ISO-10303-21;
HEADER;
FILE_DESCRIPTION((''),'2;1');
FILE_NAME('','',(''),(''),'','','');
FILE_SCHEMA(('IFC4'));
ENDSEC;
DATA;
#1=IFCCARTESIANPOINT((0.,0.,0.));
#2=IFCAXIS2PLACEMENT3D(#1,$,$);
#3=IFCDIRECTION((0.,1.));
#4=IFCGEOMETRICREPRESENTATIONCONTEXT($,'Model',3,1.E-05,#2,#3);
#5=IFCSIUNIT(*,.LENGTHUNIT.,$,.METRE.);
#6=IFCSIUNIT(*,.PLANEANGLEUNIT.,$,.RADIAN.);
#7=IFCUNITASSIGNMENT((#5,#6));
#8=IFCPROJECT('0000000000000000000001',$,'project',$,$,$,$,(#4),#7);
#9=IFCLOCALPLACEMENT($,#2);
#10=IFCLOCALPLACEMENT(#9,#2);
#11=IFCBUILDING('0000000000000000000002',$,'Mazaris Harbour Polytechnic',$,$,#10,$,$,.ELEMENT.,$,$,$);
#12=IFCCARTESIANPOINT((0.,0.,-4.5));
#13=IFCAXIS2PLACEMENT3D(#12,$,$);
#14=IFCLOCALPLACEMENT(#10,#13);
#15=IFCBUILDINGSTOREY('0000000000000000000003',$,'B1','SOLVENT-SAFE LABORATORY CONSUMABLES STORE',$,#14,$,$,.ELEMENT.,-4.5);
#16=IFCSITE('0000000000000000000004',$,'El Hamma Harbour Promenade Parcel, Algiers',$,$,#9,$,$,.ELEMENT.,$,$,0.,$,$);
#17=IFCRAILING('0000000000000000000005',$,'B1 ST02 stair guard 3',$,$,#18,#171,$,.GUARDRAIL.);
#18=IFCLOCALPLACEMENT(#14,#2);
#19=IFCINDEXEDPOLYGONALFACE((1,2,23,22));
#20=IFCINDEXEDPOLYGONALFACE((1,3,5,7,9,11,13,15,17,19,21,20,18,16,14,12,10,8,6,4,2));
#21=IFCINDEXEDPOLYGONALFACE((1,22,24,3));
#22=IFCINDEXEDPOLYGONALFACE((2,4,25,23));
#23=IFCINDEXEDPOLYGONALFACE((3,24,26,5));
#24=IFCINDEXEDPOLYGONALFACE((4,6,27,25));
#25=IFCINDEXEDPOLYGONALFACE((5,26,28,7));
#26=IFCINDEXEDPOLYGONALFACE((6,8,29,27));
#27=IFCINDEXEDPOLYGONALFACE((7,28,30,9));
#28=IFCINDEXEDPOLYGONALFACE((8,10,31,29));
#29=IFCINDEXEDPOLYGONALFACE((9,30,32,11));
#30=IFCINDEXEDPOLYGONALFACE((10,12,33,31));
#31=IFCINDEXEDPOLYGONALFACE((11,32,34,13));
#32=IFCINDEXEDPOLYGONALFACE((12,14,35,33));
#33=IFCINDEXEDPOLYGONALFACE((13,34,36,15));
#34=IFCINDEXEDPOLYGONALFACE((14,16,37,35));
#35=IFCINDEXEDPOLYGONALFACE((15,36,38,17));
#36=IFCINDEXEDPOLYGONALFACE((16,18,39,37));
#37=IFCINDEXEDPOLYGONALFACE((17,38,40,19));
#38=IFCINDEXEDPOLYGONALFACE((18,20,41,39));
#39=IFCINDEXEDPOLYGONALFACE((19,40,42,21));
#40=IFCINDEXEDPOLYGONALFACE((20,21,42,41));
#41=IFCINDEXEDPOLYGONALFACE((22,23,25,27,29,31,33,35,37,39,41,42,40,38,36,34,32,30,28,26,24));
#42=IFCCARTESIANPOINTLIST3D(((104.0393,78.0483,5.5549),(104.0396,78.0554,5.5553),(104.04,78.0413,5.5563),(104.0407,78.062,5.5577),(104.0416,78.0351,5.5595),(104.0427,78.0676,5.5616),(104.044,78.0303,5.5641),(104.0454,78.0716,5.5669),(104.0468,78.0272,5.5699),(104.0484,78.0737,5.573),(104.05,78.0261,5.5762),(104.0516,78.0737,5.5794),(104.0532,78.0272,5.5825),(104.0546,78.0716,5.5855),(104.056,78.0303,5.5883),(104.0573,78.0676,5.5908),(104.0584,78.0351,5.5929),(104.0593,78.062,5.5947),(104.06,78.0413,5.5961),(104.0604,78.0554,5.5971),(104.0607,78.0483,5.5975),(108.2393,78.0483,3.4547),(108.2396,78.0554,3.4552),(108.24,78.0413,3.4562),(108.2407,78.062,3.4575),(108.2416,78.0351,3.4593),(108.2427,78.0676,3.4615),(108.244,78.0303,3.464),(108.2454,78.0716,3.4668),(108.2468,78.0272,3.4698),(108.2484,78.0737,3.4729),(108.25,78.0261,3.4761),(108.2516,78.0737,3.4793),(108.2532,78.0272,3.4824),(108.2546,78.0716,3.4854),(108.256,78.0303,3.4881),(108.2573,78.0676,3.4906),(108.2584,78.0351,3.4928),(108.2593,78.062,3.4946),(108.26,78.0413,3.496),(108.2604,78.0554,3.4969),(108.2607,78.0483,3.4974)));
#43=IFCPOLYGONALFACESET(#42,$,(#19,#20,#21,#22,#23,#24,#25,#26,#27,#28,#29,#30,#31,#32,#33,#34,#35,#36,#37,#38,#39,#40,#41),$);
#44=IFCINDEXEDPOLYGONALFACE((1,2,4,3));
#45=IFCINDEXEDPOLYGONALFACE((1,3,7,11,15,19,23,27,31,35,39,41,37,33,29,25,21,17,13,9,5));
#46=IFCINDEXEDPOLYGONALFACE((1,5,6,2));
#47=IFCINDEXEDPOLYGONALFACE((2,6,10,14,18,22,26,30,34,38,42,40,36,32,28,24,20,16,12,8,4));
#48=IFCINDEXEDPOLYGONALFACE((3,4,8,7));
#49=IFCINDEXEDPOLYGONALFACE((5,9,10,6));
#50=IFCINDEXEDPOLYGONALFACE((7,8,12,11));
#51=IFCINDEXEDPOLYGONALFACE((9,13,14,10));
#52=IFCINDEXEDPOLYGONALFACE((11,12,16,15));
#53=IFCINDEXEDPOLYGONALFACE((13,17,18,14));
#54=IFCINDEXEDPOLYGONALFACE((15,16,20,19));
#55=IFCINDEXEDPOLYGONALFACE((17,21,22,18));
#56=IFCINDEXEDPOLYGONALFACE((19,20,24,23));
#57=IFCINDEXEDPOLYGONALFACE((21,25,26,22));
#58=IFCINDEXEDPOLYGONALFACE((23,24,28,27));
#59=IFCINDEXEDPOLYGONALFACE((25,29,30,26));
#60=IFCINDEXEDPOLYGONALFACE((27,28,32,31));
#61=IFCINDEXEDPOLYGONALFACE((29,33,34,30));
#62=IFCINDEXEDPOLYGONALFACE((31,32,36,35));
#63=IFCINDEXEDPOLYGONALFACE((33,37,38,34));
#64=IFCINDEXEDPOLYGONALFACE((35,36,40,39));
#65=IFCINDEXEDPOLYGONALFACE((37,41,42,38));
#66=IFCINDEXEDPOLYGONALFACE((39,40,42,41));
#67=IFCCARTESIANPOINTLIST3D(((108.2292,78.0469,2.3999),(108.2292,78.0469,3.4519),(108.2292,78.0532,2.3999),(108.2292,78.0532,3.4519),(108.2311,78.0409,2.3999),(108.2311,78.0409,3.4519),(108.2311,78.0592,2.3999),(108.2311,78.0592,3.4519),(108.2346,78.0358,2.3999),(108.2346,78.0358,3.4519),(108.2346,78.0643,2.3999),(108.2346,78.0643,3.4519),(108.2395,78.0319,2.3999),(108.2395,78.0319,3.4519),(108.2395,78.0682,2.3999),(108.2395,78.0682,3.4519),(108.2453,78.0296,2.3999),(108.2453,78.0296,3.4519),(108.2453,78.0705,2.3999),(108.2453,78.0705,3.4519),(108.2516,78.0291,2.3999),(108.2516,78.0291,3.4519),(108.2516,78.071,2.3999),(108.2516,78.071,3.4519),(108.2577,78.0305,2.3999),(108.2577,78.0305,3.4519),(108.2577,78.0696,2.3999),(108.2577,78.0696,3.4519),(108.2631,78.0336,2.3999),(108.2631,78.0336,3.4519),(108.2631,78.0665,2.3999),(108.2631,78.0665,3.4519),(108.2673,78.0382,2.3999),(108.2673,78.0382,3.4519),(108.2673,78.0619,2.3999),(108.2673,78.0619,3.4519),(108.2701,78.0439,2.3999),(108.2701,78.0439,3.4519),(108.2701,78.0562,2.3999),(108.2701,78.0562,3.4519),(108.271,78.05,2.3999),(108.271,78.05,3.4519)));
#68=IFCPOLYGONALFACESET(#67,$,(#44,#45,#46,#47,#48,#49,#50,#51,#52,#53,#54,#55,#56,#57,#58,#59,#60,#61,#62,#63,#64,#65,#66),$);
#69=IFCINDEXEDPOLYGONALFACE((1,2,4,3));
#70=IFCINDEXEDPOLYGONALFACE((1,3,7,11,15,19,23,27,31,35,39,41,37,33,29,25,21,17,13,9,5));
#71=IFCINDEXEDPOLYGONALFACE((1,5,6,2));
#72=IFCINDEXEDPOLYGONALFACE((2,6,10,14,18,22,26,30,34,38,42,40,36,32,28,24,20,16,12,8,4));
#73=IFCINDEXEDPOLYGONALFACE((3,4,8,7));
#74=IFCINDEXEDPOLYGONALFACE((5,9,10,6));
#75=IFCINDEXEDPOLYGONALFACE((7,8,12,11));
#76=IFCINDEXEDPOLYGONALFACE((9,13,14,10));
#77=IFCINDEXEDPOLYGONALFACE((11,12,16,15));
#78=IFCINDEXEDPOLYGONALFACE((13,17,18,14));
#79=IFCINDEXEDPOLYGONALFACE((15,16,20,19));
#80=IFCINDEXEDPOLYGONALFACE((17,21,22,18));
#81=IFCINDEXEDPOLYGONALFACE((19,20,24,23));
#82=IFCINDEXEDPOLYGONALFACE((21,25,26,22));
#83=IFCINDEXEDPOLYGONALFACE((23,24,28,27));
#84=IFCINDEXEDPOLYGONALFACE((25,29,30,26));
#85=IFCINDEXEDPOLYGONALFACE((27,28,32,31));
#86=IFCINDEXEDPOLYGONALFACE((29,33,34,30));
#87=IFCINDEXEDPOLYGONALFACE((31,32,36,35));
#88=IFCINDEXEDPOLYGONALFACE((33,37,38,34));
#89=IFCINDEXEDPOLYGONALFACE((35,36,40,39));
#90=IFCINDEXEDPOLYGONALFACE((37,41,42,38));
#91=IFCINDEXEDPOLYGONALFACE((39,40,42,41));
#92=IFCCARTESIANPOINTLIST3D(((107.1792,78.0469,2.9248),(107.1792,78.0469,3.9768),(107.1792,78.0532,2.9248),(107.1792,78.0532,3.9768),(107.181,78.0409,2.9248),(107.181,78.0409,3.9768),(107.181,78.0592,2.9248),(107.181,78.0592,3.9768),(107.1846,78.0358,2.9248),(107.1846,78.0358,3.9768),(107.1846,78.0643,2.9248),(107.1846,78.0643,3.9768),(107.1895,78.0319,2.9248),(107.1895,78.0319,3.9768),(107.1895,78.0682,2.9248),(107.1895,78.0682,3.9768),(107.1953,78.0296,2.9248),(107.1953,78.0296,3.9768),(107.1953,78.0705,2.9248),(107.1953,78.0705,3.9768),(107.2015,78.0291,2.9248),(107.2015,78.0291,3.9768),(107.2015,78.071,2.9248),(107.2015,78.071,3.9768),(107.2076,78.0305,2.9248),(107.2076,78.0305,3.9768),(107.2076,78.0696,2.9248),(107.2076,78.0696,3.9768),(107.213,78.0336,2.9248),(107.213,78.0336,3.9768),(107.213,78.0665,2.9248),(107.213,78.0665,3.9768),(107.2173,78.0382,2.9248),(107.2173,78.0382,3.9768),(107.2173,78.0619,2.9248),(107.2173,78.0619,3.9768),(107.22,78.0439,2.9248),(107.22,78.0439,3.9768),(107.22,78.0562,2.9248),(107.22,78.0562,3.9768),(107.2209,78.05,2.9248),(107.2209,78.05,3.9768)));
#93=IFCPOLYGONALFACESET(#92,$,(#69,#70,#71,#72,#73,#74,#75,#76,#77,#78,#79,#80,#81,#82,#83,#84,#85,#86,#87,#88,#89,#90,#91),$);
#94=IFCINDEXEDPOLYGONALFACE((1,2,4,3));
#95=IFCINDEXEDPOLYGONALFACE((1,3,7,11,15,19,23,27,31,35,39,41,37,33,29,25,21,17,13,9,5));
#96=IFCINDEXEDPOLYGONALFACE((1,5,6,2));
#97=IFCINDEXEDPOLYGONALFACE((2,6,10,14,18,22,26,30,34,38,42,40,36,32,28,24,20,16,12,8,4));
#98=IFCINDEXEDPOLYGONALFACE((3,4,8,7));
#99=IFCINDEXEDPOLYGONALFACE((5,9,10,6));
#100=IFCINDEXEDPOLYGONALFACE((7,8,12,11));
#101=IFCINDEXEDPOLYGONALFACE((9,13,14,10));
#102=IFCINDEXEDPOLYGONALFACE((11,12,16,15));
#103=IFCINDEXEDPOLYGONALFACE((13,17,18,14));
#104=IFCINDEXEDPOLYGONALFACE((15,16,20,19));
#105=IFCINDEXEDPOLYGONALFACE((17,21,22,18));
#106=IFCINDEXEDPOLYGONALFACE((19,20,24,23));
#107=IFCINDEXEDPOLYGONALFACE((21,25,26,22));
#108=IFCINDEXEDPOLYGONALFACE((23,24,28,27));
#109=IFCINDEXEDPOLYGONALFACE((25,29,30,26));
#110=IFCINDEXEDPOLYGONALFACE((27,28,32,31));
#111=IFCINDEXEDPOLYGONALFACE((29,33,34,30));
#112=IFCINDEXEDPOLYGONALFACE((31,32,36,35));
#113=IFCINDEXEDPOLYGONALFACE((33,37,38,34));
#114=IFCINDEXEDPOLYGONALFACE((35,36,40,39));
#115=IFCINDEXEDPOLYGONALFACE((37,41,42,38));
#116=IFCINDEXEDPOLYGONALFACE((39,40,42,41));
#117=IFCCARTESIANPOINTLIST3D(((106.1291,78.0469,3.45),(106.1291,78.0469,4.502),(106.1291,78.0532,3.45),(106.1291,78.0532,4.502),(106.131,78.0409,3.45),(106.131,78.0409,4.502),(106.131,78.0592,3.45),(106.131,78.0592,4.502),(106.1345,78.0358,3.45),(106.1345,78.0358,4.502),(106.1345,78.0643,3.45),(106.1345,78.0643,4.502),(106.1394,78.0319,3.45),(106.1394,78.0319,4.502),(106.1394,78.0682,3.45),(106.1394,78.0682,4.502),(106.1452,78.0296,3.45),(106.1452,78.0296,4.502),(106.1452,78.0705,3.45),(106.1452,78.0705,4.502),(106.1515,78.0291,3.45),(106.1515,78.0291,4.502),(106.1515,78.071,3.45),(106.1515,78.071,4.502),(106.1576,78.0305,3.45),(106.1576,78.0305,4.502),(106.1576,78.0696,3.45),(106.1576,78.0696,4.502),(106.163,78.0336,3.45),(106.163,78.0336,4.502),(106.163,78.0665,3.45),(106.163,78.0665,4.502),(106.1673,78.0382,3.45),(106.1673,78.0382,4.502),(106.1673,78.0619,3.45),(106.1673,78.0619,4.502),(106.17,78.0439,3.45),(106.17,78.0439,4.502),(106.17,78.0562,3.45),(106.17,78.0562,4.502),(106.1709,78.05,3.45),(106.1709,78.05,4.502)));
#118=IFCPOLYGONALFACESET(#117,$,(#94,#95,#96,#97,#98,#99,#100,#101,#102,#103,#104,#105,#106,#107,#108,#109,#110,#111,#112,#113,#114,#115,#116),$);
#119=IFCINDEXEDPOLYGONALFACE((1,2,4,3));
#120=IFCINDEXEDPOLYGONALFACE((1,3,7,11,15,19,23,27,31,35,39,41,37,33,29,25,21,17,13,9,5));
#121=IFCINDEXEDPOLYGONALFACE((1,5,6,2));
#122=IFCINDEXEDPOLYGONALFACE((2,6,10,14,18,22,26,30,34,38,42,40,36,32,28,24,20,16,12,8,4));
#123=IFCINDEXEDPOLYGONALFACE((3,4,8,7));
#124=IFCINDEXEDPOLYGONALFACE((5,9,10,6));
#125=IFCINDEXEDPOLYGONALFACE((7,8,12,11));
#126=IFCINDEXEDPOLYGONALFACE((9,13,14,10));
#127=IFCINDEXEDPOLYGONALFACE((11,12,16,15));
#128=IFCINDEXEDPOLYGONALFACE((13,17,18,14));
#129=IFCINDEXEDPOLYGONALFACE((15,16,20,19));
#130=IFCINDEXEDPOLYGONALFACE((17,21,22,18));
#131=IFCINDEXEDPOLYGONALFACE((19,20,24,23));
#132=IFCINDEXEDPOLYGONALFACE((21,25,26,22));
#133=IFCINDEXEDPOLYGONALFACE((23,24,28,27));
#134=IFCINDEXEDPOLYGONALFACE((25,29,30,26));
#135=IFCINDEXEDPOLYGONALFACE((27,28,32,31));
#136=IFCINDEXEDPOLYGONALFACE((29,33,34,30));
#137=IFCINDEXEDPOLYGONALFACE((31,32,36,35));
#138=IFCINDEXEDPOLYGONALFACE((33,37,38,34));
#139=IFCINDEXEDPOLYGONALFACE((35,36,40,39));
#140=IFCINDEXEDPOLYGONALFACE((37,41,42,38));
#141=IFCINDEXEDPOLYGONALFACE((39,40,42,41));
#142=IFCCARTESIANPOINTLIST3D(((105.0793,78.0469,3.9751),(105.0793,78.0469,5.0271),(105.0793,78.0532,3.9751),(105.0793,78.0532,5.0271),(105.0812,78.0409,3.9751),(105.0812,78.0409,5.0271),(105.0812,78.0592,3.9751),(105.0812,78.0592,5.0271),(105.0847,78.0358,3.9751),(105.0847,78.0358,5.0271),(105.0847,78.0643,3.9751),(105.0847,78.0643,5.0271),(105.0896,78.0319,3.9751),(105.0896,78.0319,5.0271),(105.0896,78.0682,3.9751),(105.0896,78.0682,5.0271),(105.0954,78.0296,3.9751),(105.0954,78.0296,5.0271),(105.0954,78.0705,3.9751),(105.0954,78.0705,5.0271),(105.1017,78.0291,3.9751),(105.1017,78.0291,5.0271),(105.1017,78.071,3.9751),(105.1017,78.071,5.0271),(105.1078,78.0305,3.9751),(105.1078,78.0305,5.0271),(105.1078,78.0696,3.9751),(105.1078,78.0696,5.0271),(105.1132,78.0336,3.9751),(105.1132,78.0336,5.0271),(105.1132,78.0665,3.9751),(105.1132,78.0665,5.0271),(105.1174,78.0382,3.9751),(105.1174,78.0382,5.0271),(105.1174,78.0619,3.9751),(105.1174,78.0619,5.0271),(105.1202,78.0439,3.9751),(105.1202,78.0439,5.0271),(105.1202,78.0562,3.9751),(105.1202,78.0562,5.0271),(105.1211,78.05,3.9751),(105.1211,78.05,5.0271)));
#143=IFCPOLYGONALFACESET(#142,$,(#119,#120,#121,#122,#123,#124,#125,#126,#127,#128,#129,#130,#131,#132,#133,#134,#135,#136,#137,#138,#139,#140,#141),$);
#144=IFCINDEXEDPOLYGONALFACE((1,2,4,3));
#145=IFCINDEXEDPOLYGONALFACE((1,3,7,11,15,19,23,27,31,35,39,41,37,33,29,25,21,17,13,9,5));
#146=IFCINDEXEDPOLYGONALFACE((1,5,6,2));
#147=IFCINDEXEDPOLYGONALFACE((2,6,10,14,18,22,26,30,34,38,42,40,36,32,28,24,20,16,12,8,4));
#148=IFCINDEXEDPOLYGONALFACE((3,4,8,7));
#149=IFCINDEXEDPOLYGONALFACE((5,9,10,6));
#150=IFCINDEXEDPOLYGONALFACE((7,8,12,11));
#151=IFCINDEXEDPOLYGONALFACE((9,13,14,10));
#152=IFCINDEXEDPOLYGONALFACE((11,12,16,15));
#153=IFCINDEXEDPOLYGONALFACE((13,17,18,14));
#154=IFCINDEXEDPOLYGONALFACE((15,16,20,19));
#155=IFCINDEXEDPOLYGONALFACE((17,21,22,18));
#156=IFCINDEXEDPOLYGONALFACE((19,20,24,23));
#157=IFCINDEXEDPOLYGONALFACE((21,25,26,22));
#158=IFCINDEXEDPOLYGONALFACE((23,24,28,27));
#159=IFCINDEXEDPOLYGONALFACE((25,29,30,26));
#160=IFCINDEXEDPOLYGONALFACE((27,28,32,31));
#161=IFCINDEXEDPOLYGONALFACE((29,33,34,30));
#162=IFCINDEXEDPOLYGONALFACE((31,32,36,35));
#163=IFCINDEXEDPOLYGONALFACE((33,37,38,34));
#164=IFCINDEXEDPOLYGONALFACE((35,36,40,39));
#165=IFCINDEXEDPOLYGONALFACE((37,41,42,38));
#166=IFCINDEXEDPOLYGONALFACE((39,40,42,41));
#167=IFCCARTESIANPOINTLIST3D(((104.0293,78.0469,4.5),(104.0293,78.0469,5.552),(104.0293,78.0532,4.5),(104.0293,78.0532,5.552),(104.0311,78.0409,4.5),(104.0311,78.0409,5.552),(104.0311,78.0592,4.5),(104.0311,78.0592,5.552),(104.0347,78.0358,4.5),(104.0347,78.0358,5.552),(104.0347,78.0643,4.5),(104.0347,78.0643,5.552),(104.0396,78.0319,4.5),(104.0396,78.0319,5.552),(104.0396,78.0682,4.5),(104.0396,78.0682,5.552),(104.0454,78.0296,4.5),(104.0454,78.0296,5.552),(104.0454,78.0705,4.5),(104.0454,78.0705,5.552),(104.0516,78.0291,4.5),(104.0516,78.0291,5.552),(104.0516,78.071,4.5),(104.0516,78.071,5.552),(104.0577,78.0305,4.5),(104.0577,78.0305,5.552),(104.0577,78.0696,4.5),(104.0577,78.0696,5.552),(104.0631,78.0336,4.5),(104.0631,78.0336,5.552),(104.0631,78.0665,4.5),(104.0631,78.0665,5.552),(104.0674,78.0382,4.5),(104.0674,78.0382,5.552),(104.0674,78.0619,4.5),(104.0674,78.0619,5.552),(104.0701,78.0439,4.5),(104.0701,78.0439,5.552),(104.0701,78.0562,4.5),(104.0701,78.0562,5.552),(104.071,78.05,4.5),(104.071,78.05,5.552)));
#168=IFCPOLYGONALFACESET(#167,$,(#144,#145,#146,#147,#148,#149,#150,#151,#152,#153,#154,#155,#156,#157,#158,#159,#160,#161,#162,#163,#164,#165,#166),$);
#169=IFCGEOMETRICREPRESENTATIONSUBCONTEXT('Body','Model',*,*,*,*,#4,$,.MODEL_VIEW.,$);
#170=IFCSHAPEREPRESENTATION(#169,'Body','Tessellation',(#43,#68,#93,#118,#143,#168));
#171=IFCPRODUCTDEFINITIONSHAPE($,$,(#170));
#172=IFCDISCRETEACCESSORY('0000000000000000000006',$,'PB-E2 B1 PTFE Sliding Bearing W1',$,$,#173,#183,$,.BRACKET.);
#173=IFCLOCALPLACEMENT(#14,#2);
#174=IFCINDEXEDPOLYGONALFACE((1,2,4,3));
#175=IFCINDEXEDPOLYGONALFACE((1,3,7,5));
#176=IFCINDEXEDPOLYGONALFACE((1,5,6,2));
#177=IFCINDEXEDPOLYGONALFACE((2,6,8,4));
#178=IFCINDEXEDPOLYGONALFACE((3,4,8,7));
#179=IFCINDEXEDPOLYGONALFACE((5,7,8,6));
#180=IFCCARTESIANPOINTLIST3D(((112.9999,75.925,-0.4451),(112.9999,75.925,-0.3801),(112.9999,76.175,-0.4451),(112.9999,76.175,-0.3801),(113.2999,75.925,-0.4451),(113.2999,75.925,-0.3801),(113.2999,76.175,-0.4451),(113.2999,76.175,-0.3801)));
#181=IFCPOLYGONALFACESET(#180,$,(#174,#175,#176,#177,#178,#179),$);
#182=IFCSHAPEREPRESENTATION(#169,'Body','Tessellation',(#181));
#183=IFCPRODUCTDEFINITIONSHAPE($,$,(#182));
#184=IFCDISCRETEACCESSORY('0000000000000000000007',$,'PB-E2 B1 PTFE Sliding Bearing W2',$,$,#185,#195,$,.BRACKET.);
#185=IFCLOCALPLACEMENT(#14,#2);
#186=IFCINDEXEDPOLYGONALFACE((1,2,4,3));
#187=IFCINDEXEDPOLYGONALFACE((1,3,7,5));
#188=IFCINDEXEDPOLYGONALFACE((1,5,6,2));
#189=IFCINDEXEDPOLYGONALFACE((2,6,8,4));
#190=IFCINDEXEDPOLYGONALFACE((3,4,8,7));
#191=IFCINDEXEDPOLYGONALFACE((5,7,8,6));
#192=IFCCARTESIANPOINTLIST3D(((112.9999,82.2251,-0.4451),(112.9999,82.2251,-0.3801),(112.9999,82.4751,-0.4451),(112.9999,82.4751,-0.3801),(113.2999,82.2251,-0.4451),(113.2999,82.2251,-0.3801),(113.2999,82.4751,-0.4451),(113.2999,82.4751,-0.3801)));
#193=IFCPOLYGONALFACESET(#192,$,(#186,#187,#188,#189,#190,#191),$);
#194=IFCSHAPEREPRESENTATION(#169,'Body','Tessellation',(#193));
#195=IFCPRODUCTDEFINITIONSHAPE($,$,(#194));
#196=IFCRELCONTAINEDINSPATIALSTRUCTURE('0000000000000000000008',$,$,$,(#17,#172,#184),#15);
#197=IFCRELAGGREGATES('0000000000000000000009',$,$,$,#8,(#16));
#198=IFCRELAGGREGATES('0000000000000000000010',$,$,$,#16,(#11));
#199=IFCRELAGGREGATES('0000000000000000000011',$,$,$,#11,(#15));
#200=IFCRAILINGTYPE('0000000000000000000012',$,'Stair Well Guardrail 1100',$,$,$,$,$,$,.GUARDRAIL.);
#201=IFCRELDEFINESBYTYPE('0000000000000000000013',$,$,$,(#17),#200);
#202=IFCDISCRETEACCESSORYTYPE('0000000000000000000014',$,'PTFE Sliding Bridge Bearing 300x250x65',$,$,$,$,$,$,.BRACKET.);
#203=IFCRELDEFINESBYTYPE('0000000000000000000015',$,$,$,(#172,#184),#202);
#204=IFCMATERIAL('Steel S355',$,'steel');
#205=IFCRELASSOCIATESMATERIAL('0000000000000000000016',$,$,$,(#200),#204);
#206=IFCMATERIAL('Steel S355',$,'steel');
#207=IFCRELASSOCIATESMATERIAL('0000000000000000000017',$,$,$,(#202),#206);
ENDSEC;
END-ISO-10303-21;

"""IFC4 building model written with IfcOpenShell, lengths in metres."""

from ifc_helpers import new_model, si_unit, direction, frame, origin, origin_2d, place, context, subcontext, project, spatial, rectangle, circle, extrude, material, type_object, element, save


model = new_model("IFC4")

# Units and contexts
model_context = context("Model", 3, precision=1e-05, world=origin(), true_north=direction((0.0, 1.0)))
body_context = subcontext(model_context, "Body", "Model", "MODEL_VIEW")
ifc_project = project(units=[si_unit("LENGTHUNIT", "METRE"), si_unit("PLANEANGLEUNIT", "RADIAN")], contexts=[model_context])

# Site, building, storey
site_placement = place(None, origin())
site = spatial("IfcSite", under=ifc_project, at=site_placement, Name="El Hamma Harbour Promenade Parcel, Algiers", CompositionType="ELEMENT", RefElevation=0.0)
building_placement = place(site_placement, origin())
building = spatial("IfcBuilding", under=site, at=building_placement, Name="Mazaris Harbour Polytechnic", CompositionType="ELEMENT")
storey_placement = place(building_placement, frame((0.0, 0.0, -4.5)))
storey = spatial("IfcBuildingStorey", under=building, at=storey_placement, Name="B1", Description="SOLVENT-SAFE LABORATORY CONSUMABLES STORE", CompositionType="ELEMENT", Elevation=-4.5)

# Railing
ifc_material_1 = material(Name="Steel S355", Category="steel")
railing_type_1 = type_object("IfcRailingType", Name="Stair Well Guardrail 1100", PredefinedType="GUARDRAIL", material=ifc_material_1)
railing_1_placement = place(storey_placement, frame((108.25, 78.05, 2.3999)))
element("IfcRailing", 1, at=railing_1_placement, inside=storey, type_object=railing_type_1, Name="B1 ST02 stair guard 3", PredefinedType="GUARDRAIL", context=body_context, shape_type="SweptSolid", body=[
    extrude(circle(Radius=0.0239, at=origin_2d()), frame((0.0, 0.0, 1.0762), z_axis=(-0.894417, 0.0, 0.447234), x_axis=(0.0, -1.0, 0.0)), (0.0, 0.0, 1.0), 4.6958),
    extrude(circle(Radius=0.021, at=origin_2d()), origin(), (0.0, 0.0, 1.0), 1.052),
    extrude(circle(Radius=0.021, at=origin_2d()), frame((-1.05, 0.0, 0.5249)), (0.0, 0.0, 1.0), 1.052),
    extrude(circle(Radius=0.021, at=origin_2d()), frame((-2.1001, 0.0, 1.05)), (0.0, 0.0, 1.0), 1.052),
    extrude(circle(Radius=0.021, at=origin_2d()), frame((-3.1499, 0.0, 1.5752)), (0.0, 0.0, 1.0), 1.052),
    extrude(circle(Radius=0.021, at=origin_2d()), frame((-4.2, 0.0, 2.1001)), (0.0, 0.0, 1.0), 1.052),
])

# Discrete accessories
ifc_material_2 = material(Name="Steel S355", Category="steel")
discrete_accessory_type = type_object("IfcDiscreteAccessoryType", Name="PTFE Sliding Bridge Bearing 300x250x65", PredefinedType="BRACKET", material=ifc_material_2)
for number, where, z_axis, x_axis, name in (
    (2, (113.1499, 76.05, -0.4451), (0.0, 0.0, 1.0), (1.0, 0.0, 0.0), "PB-E2 B1 PTFE Sliding Bearing W1"),
    (3, (113.1499, 82.3501, -0.4451), (0.0, 0.0, 1.0), (1.0, 0.0, 0.0), "PB-E2 B1 PTFE Sliding Bearing W2"),
):
    element("IfcDiscreteAccessory", number, at=place(storey_placement, frame(where, z_axis=z_axis, x_axis=x_axis)), inside=storey, type_object=discrete_accessory_type, Name=name, PredefinedType="BRACKET", context=body_context, shape_type="SweptSolid", body=[
        extrude(rectangle(XDim=0.3, YDim=0.25, at=origin_2d()), origin(), (0.0, 0.0, 1.0), 0.0649),
    ])

save(model, "model.ifc")
